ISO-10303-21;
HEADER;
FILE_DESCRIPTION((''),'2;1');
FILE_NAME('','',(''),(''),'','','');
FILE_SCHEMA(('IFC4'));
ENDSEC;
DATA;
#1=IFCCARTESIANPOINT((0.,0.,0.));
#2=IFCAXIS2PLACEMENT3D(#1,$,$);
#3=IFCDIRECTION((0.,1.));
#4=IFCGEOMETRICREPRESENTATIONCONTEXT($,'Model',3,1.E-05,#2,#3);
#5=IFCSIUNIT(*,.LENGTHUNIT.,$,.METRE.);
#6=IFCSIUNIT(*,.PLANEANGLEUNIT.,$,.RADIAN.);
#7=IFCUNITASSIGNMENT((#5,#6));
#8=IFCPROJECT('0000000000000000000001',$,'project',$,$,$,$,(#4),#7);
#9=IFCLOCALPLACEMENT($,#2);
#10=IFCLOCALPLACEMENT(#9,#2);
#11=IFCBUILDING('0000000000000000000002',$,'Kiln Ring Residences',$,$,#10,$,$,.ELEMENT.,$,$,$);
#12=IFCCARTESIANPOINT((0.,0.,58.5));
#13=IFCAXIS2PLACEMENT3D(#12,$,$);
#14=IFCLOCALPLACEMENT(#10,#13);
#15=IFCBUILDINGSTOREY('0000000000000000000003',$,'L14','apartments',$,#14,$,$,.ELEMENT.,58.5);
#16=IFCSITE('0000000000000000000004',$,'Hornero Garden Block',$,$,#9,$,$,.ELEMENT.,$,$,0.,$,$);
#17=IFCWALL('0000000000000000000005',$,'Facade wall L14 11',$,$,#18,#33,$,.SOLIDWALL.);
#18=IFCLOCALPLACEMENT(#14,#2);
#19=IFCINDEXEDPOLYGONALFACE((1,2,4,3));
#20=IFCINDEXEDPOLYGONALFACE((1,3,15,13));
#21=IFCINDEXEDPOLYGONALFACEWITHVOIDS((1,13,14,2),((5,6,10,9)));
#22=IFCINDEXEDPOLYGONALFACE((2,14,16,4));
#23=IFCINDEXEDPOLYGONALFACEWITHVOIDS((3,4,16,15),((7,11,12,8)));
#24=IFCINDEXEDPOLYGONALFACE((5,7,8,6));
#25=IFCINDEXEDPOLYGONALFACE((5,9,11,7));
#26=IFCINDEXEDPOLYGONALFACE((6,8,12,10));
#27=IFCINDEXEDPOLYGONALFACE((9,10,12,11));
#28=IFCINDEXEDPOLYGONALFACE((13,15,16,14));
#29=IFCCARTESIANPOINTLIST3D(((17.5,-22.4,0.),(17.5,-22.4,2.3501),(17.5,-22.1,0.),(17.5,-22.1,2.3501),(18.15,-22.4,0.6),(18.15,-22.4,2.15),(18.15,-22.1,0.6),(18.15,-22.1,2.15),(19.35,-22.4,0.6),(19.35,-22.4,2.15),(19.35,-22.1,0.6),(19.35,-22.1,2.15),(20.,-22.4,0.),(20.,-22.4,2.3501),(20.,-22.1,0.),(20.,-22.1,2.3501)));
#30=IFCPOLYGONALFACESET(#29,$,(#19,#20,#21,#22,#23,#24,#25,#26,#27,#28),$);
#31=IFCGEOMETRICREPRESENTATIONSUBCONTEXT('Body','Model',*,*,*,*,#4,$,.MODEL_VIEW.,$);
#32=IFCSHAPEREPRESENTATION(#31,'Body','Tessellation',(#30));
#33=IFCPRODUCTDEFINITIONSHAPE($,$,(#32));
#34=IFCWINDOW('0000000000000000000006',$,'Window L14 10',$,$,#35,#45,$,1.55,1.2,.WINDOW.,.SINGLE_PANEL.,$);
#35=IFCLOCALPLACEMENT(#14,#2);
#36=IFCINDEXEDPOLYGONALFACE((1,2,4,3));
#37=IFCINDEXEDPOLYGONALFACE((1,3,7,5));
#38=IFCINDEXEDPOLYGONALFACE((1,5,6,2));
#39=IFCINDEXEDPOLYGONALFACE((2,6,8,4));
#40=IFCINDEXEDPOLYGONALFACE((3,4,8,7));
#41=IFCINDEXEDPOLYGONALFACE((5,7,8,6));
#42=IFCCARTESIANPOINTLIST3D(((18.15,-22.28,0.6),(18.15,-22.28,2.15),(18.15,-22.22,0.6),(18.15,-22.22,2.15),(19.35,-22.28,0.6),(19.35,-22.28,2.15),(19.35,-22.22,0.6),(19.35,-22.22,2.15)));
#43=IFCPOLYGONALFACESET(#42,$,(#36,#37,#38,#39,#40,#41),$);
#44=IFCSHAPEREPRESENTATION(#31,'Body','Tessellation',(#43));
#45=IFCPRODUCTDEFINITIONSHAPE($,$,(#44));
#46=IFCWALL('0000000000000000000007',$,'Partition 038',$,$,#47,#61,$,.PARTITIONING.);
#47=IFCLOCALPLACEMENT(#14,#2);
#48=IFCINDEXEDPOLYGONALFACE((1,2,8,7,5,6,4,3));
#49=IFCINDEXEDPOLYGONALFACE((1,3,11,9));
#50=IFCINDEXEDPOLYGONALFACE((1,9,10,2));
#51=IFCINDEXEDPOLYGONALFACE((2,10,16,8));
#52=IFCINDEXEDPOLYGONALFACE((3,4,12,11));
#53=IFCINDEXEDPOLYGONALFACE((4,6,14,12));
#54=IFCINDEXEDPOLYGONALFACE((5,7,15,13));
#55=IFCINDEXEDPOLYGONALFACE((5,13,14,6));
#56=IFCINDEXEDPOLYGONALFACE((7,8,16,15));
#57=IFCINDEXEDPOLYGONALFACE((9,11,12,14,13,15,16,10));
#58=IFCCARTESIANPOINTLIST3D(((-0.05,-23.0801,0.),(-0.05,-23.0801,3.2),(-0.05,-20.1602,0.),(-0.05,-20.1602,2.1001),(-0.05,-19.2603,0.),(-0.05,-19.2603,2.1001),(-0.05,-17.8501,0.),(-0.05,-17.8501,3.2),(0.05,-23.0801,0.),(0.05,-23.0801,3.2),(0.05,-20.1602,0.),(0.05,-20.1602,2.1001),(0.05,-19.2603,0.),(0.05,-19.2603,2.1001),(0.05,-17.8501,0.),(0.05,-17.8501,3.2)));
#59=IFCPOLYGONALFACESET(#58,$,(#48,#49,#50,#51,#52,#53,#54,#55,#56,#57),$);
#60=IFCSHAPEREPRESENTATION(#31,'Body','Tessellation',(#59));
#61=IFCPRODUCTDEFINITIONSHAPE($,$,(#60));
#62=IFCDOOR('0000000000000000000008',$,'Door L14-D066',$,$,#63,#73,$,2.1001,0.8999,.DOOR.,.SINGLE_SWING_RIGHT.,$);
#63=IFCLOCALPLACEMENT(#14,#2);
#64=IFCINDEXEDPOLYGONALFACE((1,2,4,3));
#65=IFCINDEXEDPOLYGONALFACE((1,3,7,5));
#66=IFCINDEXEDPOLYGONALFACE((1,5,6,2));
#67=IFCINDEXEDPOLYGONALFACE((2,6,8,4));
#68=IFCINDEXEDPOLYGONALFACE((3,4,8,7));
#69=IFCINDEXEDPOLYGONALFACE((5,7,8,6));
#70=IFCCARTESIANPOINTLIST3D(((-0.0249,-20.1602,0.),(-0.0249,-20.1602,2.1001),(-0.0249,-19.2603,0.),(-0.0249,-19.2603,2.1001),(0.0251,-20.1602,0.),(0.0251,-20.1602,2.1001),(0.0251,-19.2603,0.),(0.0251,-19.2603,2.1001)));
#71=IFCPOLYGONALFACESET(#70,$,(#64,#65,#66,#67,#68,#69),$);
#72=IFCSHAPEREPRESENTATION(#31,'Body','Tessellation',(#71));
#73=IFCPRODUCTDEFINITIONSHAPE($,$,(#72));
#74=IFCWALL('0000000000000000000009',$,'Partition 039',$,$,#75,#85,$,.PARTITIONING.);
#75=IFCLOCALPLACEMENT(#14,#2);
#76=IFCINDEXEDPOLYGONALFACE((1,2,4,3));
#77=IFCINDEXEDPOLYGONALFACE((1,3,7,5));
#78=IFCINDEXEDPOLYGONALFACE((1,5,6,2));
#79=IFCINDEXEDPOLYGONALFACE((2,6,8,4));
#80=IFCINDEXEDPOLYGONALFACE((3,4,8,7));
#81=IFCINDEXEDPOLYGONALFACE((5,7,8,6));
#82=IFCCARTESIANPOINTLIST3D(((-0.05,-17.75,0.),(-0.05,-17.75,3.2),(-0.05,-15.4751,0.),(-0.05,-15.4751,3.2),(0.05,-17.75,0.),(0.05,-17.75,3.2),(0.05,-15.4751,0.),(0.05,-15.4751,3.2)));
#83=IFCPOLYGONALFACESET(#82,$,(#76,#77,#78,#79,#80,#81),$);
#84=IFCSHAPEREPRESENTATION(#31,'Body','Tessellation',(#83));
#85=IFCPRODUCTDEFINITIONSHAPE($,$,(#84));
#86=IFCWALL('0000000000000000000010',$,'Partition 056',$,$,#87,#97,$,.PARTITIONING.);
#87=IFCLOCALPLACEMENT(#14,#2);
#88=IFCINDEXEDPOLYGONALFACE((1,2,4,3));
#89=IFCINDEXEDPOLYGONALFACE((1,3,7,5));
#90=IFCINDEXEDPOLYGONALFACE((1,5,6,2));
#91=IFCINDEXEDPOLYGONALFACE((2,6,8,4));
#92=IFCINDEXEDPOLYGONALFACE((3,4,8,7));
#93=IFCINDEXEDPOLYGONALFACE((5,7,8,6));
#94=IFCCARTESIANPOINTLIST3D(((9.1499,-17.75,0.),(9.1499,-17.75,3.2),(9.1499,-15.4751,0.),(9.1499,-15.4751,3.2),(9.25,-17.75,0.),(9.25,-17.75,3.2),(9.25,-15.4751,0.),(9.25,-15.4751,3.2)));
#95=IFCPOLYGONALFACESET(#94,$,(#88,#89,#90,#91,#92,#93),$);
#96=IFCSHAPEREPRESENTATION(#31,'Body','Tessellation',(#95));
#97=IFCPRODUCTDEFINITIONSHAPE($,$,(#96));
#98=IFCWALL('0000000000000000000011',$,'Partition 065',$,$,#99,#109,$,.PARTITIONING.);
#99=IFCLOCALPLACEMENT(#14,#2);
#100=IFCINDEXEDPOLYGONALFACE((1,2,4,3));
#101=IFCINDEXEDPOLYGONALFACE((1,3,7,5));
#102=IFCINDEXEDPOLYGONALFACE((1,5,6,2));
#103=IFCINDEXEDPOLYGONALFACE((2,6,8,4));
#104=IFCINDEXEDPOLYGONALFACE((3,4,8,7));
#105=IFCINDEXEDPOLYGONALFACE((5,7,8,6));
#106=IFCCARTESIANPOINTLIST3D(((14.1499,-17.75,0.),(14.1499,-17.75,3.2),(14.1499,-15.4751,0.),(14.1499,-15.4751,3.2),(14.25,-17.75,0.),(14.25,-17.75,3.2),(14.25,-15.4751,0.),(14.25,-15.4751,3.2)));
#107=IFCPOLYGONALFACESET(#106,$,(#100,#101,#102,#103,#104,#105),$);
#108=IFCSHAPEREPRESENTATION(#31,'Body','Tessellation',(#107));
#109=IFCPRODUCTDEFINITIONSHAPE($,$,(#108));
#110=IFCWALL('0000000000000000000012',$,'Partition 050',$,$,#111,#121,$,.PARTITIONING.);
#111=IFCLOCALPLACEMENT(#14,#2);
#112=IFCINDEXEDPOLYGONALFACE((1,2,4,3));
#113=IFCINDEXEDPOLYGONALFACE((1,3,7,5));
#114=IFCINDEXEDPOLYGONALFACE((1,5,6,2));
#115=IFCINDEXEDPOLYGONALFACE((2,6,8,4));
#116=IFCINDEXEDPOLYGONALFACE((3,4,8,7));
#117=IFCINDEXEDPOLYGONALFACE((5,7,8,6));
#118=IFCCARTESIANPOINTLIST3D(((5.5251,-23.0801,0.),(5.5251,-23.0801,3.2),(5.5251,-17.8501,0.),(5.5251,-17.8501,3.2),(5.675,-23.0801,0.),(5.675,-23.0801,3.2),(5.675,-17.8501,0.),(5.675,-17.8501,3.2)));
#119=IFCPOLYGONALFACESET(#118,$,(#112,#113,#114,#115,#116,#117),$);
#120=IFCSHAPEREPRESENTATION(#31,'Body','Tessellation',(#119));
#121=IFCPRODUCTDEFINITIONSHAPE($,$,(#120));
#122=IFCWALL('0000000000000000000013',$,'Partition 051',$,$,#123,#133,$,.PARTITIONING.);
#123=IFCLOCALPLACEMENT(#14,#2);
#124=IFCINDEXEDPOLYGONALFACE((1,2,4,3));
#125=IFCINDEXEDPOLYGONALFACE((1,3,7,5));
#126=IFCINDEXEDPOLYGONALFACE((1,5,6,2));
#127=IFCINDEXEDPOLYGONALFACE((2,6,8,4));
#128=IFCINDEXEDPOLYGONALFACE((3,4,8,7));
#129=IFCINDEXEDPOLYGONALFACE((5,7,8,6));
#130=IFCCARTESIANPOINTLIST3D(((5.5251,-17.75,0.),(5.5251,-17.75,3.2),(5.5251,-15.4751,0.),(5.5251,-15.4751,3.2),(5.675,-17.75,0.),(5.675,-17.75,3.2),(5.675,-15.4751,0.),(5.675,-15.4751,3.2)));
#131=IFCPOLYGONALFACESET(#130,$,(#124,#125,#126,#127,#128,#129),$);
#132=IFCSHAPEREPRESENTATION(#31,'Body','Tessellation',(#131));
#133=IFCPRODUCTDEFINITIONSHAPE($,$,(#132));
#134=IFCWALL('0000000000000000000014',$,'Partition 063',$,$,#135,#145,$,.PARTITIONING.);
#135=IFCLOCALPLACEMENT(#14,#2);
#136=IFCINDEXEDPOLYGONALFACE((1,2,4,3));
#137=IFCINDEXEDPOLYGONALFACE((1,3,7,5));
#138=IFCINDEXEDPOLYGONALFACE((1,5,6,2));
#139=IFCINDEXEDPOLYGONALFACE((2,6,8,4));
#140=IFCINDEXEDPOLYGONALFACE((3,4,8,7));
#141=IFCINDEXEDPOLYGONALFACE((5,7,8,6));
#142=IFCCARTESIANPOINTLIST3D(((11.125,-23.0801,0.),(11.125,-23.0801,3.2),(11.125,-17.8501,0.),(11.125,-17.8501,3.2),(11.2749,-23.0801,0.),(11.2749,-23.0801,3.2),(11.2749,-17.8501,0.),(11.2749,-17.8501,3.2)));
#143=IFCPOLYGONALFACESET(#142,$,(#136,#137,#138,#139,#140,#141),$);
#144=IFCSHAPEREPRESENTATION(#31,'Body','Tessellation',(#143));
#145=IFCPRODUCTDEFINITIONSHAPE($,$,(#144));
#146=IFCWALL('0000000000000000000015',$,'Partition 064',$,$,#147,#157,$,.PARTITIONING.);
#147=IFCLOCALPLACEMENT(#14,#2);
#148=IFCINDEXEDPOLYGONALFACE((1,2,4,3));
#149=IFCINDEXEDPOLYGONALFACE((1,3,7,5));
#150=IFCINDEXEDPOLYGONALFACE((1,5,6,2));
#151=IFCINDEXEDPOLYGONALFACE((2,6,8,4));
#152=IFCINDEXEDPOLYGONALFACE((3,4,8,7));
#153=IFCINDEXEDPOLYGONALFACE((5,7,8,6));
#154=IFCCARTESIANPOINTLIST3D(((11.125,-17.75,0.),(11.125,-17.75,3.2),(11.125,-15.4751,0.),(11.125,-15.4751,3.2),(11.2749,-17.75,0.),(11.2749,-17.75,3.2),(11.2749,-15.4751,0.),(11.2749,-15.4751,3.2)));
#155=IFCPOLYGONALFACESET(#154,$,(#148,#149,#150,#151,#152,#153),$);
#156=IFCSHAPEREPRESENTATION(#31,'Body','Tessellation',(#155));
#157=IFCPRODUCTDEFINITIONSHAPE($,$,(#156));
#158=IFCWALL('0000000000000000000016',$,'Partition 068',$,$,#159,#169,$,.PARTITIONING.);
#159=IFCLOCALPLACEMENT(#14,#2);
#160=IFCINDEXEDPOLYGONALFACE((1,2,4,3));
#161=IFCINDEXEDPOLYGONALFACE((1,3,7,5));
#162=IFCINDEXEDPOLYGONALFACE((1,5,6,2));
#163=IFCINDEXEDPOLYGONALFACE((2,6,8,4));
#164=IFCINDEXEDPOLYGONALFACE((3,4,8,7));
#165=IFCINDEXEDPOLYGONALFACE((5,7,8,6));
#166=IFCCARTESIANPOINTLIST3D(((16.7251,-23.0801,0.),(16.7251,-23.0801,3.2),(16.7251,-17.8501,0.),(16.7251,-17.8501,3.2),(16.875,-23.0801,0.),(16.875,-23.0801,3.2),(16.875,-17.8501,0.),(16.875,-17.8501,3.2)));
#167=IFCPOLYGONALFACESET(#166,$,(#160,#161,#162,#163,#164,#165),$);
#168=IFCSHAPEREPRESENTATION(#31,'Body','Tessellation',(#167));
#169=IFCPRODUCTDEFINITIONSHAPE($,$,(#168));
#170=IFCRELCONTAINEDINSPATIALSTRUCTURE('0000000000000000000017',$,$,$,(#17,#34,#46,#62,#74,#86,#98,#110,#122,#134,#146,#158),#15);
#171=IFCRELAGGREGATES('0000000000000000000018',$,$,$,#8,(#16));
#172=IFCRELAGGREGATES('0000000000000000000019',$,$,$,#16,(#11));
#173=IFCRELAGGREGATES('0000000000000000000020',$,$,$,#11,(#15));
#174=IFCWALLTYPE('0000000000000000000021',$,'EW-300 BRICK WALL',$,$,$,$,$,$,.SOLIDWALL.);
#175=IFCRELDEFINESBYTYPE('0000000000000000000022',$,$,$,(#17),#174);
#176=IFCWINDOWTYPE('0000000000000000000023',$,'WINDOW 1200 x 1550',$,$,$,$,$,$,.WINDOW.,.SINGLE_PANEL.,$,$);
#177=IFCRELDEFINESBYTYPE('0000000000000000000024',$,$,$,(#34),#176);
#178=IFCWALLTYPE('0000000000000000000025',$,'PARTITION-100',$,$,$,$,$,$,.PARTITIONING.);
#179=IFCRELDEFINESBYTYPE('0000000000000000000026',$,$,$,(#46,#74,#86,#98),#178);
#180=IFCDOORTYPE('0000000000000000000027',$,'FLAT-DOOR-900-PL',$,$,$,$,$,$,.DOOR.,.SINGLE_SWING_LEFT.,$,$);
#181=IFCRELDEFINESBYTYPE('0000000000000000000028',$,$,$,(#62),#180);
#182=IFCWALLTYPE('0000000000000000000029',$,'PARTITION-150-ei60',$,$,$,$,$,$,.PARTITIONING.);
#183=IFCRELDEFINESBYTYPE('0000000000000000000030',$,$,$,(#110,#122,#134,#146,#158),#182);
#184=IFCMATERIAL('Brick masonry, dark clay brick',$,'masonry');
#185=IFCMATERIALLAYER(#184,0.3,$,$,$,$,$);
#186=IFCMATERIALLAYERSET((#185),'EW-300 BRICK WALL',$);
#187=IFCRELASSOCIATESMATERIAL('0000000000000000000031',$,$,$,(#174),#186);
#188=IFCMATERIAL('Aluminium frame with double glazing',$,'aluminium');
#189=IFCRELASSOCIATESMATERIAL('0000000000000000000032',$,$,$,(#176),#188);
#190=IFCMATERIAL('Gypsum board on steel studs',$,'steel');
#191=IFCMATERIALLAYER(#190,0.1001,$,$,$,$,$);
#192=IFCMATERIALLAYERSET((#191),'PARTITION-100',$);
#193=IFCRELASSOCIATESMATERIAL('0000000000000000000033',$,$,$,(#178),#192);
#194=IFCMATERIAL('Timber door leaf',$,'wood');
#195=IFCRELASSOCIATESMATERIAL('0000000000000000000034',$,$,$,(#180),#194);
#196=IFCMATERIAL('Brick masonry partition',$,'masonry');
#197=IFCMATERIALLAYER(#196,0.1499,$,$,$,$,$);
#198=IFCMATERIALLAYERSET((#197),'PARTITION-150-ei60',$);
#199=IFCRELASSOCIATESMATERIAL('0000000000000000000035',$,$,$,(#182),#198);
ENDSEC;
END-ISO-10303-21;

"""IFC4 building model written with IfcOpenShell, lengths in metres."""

from ifc_helpers import new_model, si_unit, direction, frame, frame_2d, origin, place, context, subcontext, project, spatial, rectangle, extrude, material, layer, layer_set, type_object, element, fill, save


model = new_model("IFC4")

# Units and contexts
model_context = context("Model", 3, precision=1e-05, world=origin(), true_north=direction((0.0, 1.0)))
body_context = subcontext(model_context, "Body", "Model", "MODEL_VIEW")
ifc_project = project(units=[si_unit("LENGTHUNIT", "METRE"), si_unit("PLANEANGLEUNIT", "RADIAN")], contexts=[model_context])

# Site, building, storey
site_placement = place(None, origin())
site = spatial("IfcSite", under=ifc_project, at=site_placement, Name="Hornero Garden Block", CompositionType="ELEMENT", RefElevation=0.0)
building_placement = place(site_placement, origin())
building = spatial("IfcBuilding", under=site, at=building_placement, Name="Kiln Ring Residences", CompositionType="ELEMENT")
storey_placement = place(building_placement, frame((0.0, 0.0, 58.5)))
storey = spatial("IfcBuildingStorey", under=building, at=storey_placement, Name="L14", Description="apartments", CompositionType="ELEMENT", Elevation=58.5)

# Wall, opening, window
ifc_material_1 = material(Name="Brick masonry, dark clay brick", Category="masonry")
ifc_layer_1 = layer(ifc_material_1, 0.3)
ifc_layer_set_1 = layer_set([ifc_layer_1], Name="EW-300 BRICK WALL")
wall_type_1 = type_object("IfcWallType", Name="EW-300 BRICK WALL", PredefinedType="SOLIDWALL", material=ifc_layer_set_1)
wall_1_placement = place(storey_placement, frame((17.5, -22.25, 0.0), z_axis=(0.0, 0.0, 1.0), x_axis=(1.0, 0.0, 0.0)))
wall_1 = element("IfcWall", 1, at=wall_1_placement, inside=storey, type_object=wall_type_1, Name="Facade wall L14 11", PredefinedType="SOLIDWALL", context=body_context, shape_type="SweptSolid", body=[
    extrude(rectangle(XDim=2.5, YDim=0.3, at=frame_2d((1.25, 0.0))), origin(), (0.0, 0.0, 1.0), 2.3501),
])
opening_1_placement = place(wall_1_placement, frame((0.6499, 0.0, 0.6001)))
opening_1 = element("IfcOpeningElement", 2, at=opening_1_placement, cuts=wall_1, PredefinedType="OPENING", context=body_context, shape_type="SweptSolid", body=[
    extrude(rectangle(XDim=1.2, YDim=1.55, at=frame_2d((0.6001, 0.7749))), frame((0.0, 0.1599, 0.0), z_axis=(0.0, -1.0, 0.0), x_axis=(1.0, 0.0, 0.0)), (0.0, 0.0, 1.0), 0.3201),
])
ifc_material_2 = material(Name="Aluminium frame with double glazing", Category="aluminium")
window_type_1 = type_object("IfcWindowType", Name="WINDOW 1200 x 1550", PartitioningType="SINGLE_PANEL", PredefinedType="WINDOW", material=ifc_material_2)
window_1_placement = place(opening_1_placement, origin())
window_1 = element("IfcWindow", 3, at=window_1_placement, inside=storey, type_object=window_type_1, Name="Window L14 10", OverallHeight=1.55, OverallWidth=1.2, PartitioningType="SINGLE_PANEL", PredefinedType="WINDOW", context=body_context, shape_type="SweptSolid", body=[
    extrude(rectangle(XDim=1.2, YDim=1.55, at=frame_2d((0.6001, 0.7749))), frame((0.0, 0.03, 0.0), z_axis=(0.0, -1.0, 0.0), x_axis=(1.0, 0.0, 0.0)), (0.0, 0.0, 1.0), 0.0601),
])
fill(opening_1, window_1)

# Wall, opening, door
ifc_material_3 = material(Name="Gypsum board on steel studs", Category="steel")
ifc_layer_2 = layer(ifc_material_3, 0.1001)
ifc_layer_set_2 = layer_set([ifc_layer_2], Name="PARTITION-100")
wall_type_2 = type_object("IfcWallType", Name="PARTITION-100", PredefinedType="PARTITIONING", material=ifc_layer_set_2)
wall_2_placement = place(storey_placement, frame((0.0, -23.0801, 0.0), z_axis=(0.0, 0.0, 1.0), x_axis=(0.0, 1.0, 0.0)))
wall_2 = element("IfcWall", 4, at=wall_2_placement, inside=storey, type_object=wall_type_2, Name="Partition 038", PredefinedType="PARTITIONING", context=body_context, shape_type="SweptSolid", body=[
    extrude(rectangle(XDim=5.23, YDim=0.1001, at=frame_2d((2.615, 0.0))), origin(), (0.0, 0.0, 1.0), 3.2),
])
opening_2_placement = place(wall_2_placement, frame((2.9199, 0.0, 0.0)))
opening_2 = element("IfcOpeningElement", 5, at=opening_2_placement, cuts=wall_2, PredefinedType="OPENING", context=body_context, shape_type="SweptSolid", body=[
    extrude(rectangle(XDim=0.8999, YDim=2.1001, at=frame_2d((0.45, 1.05))), frame((0.0, 0.0601, 0.0), z_axis=(0.0, -1.0, 0.0), x_axis=(1.0, 0.0, 0.0)), (0.0, 0.0, 1.0), 0.1201),
])
ifc_material_4 = material(Name="Timber door leaf", Category="wood")
door_type = type_object("IfcDoorType", Name="FLAT-DOOR-900-PL", OperationType="SINGLE_SWING_LEFT", PredefinedType="DOOR", material=ifc_material_4)
door_placement = place(opening_2_placement, origin())
door = element("IfcDoor", 6, at=door_placement, inside=storey, type_object=door_type, Name="Door L14-D066", OperationType="SINGLE_SWING_RIGHT", OverallHeight=2.1001, OverallWidth=0.8999, PredefinedType="DOOR", context=body_context, shape_type="SweptSolid", body=[
    extrude(rectangle(XDim=0.8999, YDim=2.1001, at=frame_2d((0.45, 1.05))), frame((0.0, 0.0249, 0.0), z_axis=(0.0, -1.0, 0.0), x_axis=(1.0, 0.0, 0.0)), (0.0, 0.0, 1.0), 0.05),
])
fill(opening_2, door)

# Walls
for number, where, z_axis, x_axis, name in (
    (7, (0.0, -17.75, 0.0), (0.0, 0.0, 1.0), (0.0, 1.0, 0.0), "Partition 039"),
    (8, (9.2, -17.75, 0.0), (0.0, 0.0, 1.0), (0.0, 1.0, 0.0), "Partition 056"),
    (9, (14.2, -17.75, 0.0), (0.0, 0.0, 1.0), (0.0, 1.0, 0.0), "Partition 065"),
):
    element("IfcWall", number, at=place(storey_placement, frame(where, z_axis=z_axis, x_axis=x_axis)), inside=storey, type_object=wall_type_2, Name=name, PredefinedType="PARTITIONING", context=body_context, shape_type="SweptSolid", body=[
        extrude(rectangle(XDim=2.2749, YDim=0.1001, at=frame_2d((1.1375, 0.0))), origin(), (0.0, 0.0, 1.0), 3.2),
    ])
ifc_material_5 = material(Name="Brick masonry partition", Category="masonry")
ifc_layer_3 = layer(ifc_material_5, 0.1499)
ifc_layer_set_3 = layer_set([ifc_layer_3], Name="PARTITION-150-ei60")
wall_type_3 = type_object("IfcWallType", Name="PARTITION-150-ei60", PredefinedType="PARTITIONING", material=ifc_layer_set_3)
wall_3_placement = place(storey_placement, frame((5.6001, -23.0801, 0.0), z_axis=(0.0, 0.0, 1.0), x_axis=(0.0, 1.0, 0.0)))
element("IfcWall", 10, at=wall_3_placement, inside=storey, type_object=wall_type_3, Name="Partition 050", PredefinedType="PARTITIONING", context=body_context, shape_type="SweptSolid", body=[
    extrude(rectangle(XDim=5.23, YDim=0.1499, at=frame_2d((2.615, 0.0))), origin(), (0.0, 0.0, 1.0), 3.2),
])
wall_4_placement = place(storey_placement, frame((5.6001, -17.75, 0.0), z_axis=(0.0, 0.0, 1.0), x_axis=(0.0, 1.0, 0.0)))
element("IfcWall", 11, at=wall_4_placement, inside=storey, type_object=wall_type_3, Name="Partition 051", PredefinedType="PARTITIONING", context=body_context, shape_type="SweptSolid", body=[
    extrude(rectangle(XDim=2.2749, YDim=0.1499, at=frame_2d((1.1375, 0.0))), origin(), (0.0, 0.0, 1.0), 3.2),
])
wall_5_placement = place(storey_placement, frame((11.2, -23.0801, 0.0), z_axis=(0.0, 0.0, 1.0), x_axis=(0.0, 1.0, 0.0)))
element("IfcWall", 12, at=wall_5_placement, inside=storey, type_object=wall_type_3, Name="Partition 063", PredefinedType="PARTITIONING", context=body_context, shape_type="SweptSolid", body=[
    extrude(rectangle(XDim=5.23, YDim=0.1499, at=frame_2d((2.615, 0.0))), origin(), (0.0, 0.0, 1.0), 3.2),
])
wall_6_placement = place(storey_placement, frame((11.2, -17.75, 0.0), z_axis=(0.0, 0.0, 1.0), x_axis=(0.0, 1.0, 0.0)))
element("IfcWall", 13, at=wall_6_placement, inside=storey, type_object=wall_type_3, Name="Partition 064", PredefinedType="PARTITIONING", context=body_context, shape_type="SweptSolid", body=[
    extrude(rectangle(XDim=2.2749, YDim=0.1499, at=frame_2d((1.1375, 0.0))), origin(), (0.0, 0.0, 1.0), 3.2),
])
wall_7_placement = place(storey_placement, frame((16.8, -23.0801, 0.0), z_axis=(0.0, 0.0, 1.0), x_axis=(0.0, 1.0, 0.0)))
element("IfcWall", 14, at=wall_7_placement, inside=storey, type_object=wall_type_3, Name="Partition 068", PredefinedType="PARTITIONING", context=body_context, shape_type="SweptSolid", body=[
    extrude(rectangle(XDim=5.23, YDim=0.1499, at=frame_2d((2.615, 0.0))), origin(), (0.0, 0.0, 1.0), 3.2),
])

save(model, "model.ifc")
